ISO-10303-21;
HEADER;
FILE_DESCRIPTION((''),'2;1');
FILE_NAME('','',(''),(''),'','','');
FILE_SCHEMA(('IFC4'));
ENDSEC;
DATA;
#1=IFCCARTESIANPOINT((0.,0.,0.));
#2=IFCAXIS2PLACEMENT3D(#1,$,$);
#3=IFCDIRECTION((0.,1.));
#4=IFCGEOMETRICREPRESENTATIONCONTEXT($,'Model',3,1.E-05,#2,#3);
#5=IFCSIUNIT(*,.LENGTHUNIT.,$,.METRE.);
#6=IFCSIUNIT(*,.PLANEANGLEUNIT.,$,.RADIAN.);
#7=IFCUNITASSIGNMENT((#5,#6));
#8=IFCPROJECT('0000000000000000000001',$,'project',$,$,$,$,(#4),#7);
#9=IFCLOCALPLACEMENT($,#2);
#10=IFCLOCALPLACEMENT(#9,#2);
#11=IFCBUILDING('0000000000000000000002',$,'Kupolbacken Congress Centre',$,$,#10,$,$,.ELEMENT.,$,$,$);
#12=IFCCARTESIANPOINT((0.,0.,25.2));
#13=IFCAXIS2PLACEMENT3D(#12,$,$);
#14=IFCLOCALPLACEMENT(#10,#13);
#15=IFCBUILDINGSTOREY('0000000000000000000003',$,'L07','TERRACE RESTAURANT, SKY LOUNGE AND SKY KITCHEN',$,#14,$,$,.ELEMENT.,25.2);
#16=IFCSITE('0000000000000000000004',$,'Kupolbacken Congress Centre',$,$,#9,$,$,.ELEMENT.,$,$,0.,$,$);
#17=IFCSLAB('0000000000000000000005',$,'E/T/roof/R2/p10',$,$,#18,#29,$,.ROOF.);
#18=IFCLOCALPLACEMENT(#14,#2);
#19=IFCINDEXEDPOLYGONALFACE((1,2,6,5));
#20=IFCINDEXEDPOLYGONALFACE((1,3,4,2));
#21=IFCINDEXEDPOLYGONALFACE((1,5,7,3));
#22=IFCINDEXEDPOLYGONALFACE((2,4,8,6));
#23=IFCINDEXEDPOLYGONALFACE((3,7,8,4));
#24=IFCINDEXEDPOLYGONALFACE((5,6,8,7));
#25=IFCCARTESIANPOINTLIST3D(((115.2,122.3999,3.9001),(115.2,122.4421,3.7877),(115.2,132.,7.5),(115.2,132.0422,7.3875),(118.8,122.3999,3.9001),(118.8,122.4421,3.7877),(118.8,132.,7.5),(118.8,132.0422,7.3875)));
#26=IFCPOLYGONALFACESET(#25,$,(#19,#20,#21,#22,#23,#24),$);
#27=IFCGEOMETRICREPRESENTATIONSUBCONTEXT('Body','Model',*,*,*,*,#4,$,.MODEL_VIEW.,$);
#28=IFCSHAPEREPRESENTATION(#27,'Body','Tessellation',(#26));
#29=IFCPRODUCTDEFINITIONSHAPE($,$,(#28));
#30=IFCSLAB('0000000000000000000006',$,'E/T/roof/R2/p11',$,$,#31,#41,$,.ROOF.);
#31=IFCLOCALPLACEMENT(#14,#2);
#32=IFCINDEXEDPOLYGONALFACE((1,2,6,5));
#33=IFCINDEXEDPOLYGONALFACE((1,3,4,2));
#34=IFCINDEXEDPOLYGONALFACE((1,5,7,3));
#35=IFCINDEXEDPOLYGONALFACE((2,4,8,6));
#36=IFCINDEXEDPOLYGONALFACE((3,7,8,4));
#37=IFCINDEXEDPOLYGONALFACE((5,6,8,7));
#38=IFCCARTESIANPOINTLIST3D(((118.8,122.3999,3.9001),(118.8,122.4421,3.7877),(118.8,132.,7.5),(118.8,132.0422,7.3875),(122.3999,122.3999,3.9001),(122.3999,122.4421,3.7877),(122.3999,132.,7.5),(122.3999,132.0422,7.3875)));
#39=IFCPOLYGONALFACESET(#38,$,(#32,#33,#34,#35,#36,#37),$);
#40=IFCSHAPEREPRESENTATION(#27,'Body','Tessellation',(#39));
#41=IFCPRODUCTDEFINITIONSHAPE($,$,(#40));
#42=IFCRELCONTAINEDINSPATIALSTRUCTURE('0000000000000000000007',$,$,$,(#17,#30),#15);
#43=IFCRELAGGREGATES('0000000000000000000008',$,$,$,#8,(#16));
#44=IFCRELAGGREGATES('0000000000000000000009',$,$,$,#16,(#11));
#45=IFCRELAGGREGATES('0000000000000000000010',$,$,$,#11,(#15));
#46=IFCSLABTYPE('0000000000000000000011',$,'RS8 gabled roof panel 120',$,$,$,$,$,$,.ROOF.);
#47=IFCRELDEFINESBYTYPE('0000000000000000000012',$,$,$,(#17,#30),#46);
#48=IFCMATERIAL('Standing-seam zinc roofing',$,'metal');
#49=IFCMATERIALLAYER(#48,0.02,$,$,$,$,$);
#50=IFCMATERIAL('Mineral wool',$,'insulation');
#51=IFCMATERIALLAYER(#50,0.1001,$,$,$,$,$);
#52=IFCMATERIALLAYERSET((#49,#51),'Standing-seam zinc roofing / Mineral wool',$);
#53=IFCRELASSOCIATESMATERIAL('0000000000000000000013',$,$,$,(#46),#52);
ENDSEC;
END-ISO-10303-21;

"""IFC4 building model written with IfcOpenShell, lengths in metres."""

from ifc_helpers import new_model, si_unit, direction, frame, origin, place, context, subcontext, project, spatial, polyline, outline, extrude, material, layer, layer_set, type_object, element, save


model = new_model("IFC4")

# Units and contexts
model_context = context("Model", 3, precision=1e-05, world=origin(), true_north=direction((0.0, 1.0)))
body_context = subcontext(model_context, "Body", "Model", "MODEL_VIEW")
ifc_project = project(units=[si_unit("LENGTHUNIT", "METRE"), si_unit("PLANEANGLEUNIT", "RADIAN")], contexts=[model_context])

# Site, building, storey
site_placement = place(None, origin())
site = spatial("IfcSite", under=ifc_project, at=site_placement, Name="Kupolbacken Congress Centre", CompositionType="ELEMENT", RefElevation=0.0)
building_placement = place(site_placement, origin())
building = spatial("IfcBuilding", under=site, at=building_placement, Name="Kupolbacken Congress Centre", CompositionType="ELEMENT")
storey_placement = place(building_placement, frame((0.0, 0.0, 25.2)))
storey = spatial("IfcBuildingStorey", under=building, at=storey_placement, Name="L07", Description="TERRACE RESTAURANT, SKY LOUNGE AND SKY KITCHEN", CompositionType="ELEMENT", Elevation=25.2)

# Slabs
ifc_material_1 = material(Name="Standing-seam zinc roofing", Category="metal")
ifc_layer_1 = layer(ifc_material_1, 0.02)
ifc_material_2 = material(Name="Mineral wool", Category="insulation")
ifc_layer_2 = layer(ifc_material_2, 0.1001)
ifc_layer_set_1 = layer_set([ifc_layer_1, ifc_layer_2], Name="Standing-seam zinc roofing / Mineral wool")
slab_type = type_object("IfcSlabType", Name="RS8 gabled roof panel 120", PredefinedType="ROOF", material=ifc_layer_set_1)
slab_1_placement = place(storey_placement, frame((115.2, 122.3999, 3.9001), z_axis=(0.0, -0.351108, 0.936335), x_axis=(1.0, 0.0, 0.0)))
element("IfcSlab", 1, at=slab_1_placement, inside=storey, type_object=slab_type, Name="E/T/roof/R2/p10", PredefinedType="ROOF", context=body_context, shape_type="SweptSolid", body=[
    extrude(outline(polyline([(0.0, 0.0), (3.6001, 0.0), (3.6001, 10.2528), (0.0, 10.2528), (0.0, 0.0)])), origin(), (0.0, 0.0, -1.0), 0.1201),
])
slab_2_placement = place(storey_placement, frame((118.8, 122.3999, 3.9001), z_axis=(0.0, -0.351108, 0.936335), x_axis=(1.0, 0.0, 0.0)))
element("IfcSlab", 2, at=slab_2_placement, inside=storey, type_object=slab_type, Name="E/T/roof/R2/p11", PredefinedType="ROOF", context=body_context, shape_type="SweptSolid", body=[
    extrude(outline(polyline([(0.0, 0.0), (3.5999, 0.0), (3.5999, 10.2528), (0.0, 10.2528), (0.0, 0.0)])), origin(), (0.0, 0.0, -1.0), 0.1201),
])

save(model, "model.ifc")
